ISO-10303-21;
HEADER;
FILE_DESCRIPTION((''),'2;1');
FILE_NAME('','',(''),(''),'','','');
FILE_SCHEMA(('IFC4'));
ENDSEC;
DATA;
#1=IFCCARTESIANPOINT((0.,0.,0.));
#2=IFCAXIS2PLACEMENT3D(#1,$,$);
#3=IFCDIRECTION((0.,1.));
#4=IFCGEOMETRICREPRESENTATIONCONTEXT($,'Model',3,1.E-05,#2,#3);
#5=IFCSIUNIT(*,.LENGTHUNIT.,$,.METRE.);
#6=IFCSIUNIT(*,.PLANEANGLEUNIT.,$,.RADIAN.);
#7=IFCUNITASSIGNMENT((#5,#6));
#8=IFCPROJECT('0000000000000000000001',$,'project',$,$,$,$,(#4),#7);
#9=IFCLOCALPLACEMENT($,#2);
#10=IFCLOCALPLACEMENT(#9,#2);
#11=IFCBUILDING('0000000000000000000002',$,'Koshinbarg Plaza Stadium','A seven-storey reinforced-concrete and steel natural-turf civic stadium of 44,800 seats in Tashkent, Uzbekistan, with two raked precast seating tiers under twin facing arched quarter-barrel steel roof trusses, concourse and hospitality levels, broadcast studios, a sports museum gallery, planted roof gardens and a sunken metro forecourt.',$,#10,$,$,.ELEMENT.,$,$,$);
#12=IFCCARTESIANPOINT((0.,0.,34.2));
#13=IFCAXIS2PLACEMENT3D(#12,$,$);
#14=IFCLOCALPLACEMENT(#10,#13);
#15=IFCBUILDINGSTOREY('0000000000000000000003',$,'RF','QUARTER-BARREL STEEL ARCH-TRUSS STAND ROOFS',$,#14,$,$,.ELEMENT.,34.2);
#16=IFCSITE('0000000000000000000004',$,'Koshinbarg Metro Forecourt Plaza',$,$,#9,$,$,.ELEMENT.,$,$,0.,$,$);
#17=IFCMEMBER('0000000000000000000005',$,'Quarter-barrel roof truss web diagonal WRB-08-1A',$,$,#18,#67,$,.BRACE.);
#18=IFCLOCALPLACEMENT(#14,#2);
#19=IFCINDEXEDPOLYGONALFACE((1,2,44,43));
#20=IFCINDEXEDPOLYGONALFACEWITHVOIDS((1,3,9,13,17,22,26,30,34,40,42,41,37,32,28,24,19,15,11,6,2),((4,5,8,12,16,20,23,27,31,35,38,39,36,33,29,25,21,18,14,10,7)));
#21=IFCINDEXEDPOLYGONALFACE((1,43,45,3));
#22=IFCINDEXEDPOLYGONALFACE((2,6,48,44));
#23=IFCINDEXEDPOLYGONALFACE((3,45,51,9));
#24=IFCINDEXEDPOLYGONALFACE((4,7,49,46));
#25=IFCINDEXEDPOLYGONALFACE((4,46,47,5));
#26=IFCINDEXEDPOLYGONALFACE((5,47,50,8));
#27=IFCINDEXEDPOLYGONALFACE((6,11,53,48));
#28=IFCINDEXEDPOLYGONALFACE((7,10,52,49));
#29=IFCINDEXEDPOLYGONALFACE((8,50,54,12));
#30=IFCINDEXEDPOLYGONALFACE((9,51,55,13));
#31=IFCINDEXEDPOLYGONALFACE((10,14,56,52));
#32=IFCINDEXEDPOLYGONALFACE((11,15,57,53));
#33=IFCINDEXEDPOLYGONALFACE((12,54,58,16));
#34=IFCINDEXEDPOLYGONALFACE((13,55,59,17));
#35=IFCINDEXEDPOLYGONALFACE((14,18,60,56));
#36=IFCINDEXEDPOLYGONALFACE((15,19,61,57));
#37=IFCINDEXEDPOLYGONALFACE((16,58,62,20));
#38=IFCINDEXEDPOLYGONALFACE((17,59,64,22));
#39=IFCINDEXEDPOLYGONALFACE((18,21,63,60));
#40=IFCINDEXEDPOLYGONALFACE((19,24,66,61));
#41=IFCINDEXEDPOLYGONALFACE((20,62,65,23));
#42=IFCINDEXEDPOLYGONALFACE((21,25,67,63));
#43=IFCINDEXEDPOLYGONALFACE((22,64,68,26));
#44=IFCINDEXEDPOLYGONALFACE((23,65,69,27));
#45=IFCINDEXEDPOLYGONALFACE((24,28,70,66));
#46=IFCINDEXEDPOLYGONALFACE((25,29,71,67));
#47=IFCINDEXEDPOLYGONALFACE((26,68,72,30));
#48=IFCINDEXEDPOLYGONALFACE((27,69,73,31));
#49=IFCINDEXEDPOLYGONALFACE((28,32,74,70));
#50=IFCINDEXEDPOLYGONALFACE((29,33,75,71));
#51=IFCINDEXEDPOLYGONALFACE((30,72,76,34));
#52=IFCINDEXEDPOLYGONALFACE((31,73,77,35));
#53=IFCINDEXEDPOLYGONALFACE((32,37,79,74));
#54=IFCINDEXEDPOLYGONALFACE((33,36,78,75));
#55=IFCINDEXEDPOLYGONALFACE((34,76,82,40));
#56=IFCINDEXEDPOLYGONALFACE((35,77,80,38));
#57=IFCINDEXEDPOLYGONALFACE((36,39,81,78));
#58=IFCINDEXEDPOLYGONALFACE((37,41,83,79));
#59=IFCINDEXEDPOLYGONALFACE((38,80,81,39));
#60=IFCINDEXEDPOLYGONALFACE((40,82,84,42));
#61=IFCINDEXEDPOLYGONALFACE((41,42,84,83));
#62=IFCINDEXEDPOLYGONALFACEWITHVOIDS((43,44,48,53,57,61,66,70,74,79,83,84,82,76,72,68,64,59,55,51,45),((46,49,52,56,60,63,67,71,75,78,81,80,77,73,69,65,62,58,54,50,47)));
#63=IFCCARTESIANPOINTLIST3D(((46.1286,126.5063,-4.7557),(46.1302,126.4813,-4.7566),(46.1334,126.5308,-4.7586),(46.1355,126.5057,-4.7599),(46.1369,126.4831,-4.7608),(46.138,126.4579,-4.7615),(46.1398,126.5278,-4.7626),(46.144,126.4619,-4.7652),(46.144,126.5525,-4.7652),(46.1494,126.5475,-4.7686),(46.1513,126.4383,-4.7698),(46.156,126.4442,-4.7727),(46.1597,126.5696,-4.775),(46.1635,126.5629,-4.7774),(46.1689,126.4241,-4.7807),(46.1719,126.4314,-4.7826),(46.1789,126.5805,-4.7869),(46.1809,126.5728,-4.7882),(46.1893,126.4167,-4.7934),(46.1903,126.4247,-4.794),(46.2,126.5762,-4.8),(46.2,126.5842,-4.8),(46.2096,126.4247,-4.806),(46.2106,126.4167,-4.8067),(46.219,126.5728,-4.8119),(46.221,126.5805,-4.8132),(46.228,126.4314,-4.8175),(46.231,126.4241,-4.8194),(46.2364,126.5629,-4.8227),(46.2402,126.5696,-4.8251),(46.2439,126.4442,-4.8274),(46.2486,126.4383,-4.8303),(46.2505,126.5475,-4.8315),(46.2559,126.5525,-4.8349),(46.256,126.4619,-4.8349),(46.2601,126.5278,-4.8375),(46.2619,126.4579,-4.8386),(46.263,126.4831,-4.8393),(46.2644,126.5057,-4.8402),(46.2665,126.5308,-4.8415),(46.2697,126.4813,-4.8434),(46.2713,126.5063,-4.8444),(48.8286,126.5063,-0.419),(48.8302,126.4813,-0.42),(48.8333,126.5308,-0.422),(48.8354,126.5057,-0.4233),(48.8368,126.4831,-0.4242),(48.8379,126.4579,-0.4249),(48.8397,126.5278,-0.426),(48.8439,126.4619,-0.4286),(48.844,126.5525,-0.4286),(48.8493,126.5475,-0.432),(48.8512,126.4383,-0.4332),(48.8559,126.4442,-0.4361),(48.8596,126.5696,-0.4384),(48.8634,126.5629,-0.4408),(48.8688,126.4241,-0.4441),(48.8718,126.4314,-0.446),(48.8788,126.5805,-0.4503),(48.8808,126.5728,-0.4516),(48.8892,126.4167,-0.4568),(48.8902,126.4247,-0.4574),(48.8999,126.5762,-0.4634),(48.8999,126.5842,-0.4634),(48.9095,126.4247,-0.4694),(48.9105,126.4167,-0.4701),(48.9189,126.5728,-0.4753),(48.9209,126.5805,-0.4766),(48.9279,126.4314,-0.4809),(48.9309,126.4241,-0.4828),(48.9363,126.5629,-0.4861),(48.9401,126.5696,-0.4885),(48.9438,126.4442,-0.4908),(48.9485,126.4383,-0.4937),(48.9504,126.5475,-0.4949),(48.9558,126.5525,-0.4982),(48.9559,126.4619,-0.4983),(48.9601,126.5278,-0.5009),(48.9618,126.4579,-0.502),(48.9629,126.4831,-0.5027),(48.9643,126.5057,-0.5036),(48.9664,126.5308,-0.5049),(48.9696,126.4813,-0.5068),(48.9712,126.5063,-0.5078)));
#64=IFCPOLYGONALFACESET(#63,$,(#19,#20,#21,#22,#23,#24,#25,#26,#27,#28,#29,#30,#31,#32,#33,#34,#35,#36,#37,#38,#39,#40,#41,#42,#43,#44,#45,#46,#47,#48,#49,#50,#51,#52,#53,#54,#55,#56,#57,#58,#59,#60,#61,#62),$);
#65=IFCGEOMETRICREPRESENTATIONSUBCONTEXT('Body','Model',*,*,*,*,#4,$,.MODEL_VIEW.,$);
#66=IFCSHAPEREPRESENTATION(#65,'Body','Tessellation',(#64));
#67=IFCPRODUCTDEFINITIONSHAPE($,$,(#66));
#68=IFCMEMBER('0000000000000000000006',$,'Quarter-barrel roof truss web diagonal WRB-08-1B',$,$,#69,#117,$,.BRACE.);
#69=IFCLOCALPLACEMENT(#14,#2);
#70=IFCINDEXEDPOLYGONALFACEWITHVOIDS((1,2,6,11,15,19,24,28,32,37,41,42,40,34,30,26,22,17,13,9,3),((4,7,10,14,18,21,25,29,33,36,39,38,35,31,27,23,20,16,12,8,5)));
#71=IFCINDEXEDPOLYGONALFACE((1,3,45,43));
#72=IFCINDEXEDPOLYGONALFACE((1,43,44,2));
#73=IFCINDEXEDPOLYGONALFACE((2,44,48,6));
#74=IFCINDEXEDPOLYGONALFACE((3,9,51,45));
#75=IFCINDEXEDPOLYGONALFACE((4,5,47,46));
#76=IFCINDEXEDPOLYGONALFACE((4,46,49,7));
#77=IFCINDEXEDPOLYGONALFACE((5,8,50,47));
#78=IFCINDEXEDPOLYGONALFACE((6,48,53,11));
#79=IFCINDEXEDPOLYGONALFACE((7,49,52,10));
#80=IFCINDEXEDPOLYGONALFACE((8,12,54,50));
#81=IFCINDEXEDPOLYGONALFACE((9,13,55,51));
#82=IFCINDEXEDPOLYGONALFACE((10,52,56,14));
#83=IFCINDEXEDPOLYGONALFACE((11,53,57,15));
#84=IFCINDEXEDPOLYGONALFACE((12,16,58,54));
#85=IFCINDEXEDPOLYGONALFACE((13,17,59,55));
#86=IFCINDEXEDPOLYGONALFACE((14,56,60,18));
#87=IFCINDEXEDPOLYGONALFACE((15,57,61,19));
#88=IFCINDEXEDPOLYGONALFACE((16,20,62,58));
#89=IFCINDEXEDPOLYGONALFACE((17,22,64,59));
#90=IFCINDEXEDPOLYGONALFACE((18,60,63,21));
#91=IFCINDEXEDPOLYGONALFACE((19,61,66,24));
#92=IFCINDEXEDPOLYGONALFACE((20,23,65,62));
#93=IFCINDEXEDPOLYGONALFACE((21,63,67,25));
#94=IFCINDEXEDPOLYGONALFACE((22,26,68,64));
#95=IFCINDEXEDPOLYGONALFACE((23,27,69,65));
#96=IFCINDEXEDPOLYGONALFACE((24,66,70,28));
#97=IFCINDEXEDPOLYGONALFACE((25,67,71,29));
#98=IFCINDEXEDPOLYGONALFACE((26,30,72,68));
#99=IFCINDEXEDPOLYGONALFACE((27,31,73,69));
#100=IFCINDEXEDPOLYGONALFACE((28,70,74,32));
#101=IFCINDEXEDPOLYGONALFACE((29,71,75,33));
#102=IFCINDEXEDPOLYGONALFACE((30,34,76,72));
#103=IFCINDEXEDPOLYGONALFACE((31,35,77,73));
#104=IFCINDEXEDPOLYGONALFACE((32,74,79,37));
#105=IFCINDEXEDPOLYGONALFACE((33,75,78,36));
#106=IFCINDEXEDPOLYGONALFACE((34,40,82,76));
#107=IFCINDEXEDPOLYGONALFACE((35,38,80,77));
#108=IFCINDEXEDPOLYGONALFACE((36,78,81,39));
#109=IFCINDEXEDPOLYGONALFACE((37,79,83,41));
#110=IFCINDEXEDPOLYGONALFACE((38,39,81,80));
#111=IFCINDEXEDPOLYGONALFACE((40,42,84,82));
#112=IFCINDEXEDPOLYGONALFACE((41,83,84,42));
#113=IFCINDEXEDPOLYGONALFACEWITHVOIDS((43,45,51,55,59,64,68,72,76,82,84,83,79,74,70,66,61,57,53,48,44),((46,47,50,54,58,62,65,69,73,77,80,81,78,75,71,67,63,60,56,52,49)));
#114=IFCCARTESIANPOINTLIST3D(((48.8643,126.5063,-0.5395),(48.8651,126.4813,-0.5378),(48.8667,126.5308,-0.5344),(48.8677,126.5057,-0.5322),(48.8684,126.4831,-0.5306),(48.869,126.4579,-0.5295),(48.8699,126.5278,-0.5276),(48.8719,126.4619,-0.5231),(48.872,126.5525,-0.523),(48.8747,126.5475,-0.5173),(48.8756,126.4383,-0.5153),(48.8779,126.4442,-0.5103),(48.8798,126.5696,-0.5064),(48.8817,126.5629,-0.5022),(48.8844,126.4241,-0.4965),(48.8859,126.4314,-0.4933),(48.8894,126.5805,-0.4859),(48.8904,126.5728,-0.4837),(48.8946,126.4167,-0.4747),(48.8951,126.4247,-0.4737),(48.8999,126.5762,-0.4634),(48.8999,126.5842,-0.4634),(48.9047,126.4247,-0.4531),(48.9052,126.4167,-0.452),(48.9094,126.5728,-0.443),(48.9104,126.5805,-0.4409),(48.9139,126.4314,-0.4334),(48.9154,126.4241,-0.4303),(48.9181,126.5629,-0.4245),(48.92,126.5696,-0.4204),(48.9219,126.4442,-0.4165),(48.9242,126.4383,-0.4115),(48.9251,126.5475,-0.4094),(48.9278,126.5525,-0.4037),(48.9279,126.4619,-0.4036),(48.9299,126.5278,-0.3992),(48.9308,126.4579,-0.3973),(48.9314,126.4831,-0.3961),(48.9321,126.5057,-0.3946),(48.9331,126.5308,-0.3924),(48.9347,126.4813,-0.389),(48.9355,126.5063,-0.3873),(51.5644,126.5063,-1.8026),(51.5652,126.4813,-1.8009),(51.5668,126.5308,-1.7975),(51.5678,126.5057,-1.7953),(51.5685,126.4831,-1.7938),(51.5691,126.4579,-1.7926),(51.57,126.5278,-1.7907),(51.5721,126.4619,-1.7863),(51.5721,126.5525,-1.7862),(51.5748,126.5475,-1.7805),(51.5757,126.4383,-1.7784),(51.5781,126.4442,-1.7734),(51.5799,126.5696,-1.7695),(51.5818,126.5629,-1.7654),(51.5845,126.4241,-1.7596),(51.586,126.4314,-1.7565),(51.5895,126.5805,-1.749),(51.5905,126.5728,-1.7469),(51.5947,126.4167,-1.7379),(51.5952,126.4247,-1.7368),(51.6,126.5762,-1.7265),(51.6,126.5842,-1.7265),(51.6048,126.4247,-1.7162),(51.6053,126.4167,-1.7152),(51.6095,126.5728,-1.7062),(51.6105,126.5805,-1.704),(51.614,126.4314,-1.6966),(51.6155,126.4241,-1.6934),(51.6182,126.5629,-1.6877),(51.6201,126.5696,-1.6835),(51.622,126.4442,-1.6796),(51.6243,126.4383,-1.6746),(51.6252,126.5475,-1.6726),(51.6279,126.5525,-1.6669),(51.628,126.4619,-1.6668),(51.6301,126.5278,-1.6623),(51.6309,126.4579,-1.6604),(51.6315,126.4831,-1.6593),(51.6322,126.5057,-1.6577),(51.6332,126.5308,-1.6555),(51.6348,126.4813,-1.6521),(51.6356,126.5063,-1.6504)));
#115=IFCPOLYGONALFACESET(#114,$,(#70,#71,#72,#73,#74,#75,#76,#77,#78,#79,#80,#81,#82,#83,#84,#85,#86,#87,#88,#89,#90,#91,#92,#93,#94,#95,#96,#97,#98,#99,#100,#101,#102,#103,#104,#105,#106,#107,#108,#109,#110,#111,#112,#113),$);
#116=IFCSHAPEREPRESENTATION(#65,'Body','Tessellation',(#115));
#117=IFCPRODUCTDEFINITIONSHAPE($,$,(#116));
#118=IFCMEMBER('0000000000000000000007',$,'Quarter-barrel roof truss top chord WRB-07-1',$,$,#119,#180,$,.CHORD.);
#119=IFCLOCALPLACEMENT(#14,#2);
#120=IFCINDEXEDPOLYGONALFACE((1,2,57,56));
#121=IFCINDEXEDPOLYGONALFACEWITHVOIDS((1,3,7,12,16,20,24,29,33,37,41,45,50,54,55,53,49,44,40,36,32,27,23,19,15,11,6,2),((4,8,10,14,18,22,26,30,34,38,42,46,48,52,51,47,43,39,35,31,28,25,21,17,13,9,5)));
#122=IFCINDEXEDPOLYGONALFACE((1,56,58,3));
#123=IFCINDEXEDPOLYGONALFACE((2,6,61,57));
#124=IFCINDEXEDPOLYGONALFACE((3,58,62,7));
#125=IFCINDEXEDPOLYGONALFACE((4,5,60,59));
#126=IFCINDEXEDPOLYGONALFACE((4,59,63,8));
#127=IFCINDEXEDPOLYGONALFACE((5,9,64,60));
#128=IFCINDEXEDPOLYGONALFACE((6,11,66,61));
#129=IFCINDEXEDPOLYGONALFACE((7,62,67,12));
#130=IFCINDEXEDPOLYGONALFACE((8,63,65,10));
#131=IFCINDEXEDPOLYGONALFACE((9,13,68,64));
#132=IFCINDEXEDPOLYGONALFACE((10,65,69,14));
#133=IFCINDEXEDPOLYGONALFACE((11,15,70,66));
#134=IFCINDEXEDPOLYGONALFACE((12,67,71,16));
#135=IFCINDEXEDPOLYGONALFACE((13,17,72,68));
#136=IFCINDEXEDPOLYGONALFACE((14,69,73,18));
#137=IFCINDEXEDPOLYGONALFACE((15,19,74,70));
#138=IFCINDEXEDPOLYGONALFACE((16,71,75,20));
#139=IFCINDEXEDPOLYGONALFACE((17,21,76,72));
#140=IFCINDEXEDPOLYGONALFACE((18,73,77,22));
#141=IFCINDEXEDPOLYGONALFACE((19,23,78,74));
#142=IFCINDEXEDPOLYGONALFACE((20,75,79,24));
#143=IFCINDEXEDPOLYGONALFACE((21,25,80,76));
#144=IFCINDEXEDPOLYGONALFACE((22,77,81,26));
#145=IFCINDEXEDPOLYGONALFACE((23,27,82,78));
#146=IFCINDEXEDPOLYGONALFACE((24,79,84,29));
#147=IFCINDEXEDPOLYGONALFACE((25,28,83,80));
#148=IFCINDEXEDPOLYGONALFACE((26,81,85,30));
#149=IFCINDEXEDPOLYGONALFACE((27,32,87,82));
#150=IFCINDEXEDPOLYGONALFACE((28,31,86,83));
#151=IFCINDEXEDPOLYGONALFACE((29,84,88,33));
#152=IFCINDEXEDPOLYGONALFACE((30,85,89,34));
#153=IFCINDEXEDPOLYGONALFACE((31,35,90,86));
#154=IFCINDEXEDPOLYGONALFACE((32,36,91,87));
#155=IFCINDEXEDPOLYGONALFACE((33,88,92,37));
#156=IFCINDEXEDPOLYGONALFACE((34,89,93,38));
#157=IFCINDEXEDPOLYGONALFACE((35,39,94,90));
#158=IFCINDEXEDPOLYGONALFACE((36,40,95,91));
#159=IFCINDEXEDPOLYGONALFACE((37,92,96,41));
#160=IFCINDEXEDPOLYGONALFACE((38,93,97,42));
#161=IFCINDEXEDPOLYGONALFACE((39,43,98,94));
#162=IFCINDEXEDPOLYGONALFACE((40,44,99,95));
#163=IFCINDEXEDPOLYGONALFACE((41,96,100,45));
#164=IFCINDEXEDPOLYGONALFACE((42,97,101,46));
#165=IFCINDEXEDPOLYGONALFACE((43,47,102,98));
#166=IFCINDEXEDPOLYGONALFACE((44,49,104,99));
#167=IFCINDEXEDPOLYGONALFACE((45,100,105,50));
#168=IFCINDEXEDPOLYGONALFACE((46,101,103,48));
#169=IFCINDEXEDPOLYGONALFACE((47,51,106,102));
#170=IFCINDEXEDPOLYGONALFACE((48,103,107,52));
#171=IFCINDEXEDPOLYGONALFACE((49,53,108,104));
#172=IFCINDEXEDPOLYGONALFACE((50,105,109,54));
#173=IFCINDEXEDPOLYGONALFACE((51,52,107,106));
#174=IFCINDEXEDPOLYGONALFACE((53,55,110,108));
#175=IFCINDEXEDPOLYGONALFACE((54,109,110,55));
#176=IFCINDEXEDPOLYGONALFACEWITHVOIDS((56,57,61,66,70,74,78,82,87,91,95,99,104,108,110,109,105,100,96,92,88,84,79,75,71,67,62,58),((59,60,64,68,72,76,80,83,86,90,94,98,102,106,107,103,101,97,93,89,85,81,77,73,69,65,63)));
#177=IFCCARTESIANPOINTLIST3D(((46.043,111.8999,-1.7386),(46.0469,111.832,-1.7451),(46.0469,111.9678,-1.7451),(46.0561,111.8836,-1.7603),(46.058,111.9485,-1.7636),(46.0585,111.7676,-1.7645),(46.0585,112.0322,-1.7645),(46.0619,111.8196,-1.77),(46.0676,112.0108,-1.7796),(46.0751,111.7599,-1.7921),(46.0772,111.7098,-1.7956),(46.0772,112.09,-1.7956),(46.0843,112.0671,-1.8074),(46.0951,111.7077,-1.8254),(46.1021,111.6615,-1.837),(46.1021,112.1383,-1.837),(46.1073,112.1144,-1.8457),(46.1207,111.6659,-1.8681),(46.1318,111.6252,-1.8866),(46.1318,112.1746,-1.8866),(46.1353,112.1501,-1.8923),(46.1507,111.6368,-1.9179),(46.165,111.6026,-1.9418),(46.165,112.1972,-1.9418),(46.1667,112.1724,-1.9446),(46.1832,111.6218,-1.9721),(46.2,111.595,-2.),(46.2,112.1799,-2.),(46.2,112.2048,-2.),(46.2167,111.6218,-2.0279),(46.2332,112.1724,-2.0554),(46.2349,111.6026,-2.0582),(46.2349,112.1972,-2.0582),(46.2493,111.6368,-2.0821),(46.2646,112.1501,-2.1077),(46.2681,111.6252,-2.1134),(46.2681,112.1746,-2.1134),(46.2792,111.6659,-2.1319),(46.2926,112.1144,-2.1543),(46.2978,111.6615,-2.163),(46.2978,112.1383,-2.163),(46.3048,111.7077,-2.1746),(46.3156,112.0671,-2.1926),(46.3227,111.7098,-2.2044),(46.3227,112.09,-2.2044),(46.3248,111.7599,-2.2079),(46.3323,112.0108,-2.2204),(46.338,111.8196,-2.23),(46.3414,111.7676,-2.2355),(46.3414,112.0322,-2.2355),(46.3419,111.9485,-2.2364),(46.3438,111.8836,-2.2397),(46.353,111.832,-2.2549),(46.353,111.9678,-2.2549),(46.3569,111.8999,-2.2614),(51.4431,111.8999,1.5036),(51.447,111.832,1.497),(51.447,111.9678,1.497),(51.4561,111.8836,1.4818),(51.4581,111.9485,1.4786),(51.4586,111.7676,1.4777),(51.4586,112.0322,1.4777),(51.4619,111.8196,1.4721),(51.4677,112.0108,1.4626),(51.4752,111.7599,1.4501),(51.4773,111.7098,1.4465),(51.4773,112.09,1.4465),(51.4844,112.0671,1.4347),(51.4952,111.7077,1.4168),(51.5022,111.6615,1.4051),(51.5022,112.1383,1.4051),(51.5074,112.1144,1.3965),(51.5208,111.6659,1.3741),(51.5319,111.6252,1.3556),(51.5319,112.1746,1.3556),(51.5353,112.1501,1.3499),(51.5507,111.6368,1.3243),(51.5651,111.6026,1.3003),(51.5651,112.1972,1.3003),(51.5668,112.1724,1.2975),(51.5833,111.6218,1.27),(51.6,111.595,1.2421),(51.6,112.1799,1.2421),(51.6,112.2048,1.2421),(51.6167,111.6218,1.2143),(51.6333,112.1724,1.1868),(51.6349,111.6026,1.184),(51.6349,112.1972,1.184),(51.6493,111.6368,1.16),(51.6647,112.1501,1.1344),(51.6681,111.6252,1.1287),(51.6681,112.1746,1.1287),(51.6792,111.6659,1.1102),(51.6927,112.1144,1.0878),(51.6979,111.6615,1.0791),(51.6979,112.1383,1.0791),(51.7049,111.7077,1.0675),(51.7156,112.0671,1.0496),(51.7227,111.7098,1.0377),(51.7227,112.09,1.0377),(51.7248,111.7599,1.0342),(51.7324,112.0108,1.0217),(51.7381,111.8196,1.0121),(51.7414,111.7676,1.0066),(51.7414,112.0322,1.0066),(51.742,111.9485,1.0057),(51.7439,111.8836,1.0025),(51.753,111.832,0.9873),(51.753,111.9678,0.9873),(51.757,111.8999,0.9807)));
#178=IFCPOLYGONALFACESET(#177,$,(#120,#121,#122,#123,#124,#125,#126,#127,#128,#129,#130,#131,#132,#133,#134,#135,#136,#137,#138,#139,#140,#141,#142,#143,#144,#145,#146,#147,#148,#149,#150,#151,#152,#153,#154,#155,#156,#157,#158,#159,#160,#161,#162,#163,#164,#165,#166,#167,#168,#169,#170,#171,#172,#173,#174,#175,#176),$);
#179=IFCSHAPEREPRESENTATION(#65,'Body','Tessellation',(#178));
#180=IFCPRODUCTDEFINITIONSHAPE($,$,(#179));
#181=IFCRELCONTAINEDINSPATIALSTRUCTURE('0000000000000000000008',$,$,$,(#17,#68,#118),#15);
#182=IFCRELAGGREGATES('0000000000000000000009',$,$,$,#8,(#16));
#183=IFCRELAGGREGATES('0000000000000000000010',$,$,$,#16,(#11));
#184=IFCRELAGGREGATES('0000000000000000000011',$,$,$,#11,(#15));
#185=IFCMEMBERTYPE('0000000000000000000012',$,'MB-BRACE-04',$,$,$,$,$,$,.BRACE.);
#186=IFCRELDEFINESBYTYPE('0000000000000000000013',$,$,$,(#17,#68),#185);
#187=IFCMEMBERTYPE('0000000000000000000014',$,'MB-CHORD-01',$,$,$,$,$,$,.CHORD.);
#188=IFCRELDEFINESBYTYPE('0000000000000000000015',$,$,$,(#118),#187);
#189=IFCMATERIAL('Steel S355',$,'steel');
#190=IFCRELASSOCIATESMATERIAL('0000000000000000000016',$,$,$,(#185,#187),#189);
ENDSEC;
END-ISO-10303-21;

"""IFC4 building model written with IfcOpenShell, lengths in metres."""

from ifc_helpers import new_model, si_unit, direction, frame, origin, origin_2d, place, context, subcontext, project, spatial, hollow_circle, extrude, material, material_profile, profile_set, type_object, element, save


model = new_model("IFC4")

# Units and contexts
model_context = context("Model", 3, precision=1e-05, world=origin(), true_north=direction((0.0, 1.0)))
body_context = subcontext(model_context, "Body", "Model", "MODEL_VIEW")
ifc_project = project(units=[si_unit("LENGTHUNIT", "METRE"), si_unit("PLANEANGLEUNIT", "RADIAN")], contexts=[model_context])

# Site, building, storey
site_placement = place(None, origin())
site = spatial("IfcSite", under=ifc_project, at=site_placement, Name="Koshinbarg Metro Forecourt Plaza", CompositionType="ELEMENT", RefElevation=0.0)
building_placement = place(site_placement, origin())
building = spatial("IfcBuilding", under=site, at=building_placement, Name="Koshinbarg Plaza Stadium", Description="A seven-storey reinforced-concrete and steel natural-turf civic stadium of 44,800 seats in Tashkent, Uzbekistan, with two raked precast seating tiers under twin facing arched quarter-barrel steel roof trusses, concourse and hospitality levels, broadcast studios, a sports museum gallery, planted roof gardens and a sunken metro forecourt.", CompositionType="ELEMENT")
storey_placement = place(building_placement, frame((0.0, 0.0, 34.2)))
storey = spatial("IfcBuildingStorey", under=building, at=storey_placement, Name="RF", Description="QUARTER-BARREL STEEL ARCH-TRUSS STAND ROOFS", CompositionType="ELEMENT", Elevation=34.2)

# Shared definitions
ifc_material_1 = material(Name="Steel S355", Category="steel")

# Members
ifc_material_profile_1 = material_profile(ifc_material_1, hollow_circle(Radius=0.0842, WallThickness=0.0081, at=origin_2d()), Name="CHS 168.3x8")
ifc_profile_set_1 = profile_set([ifc_material_profile_1], Name="Steel S355")
member_type_1 = type_object("IfcMemberType", Name="MB-BRACE-04", PredefinedType="BRACE", material=ifc_profile_set_1)
member_1_placement = place(storey_placement, frame((46.2, 126.5, -4.8), z_axis=(0.528525, 0.0, 0.848918), x_axis=(0.0, 1.0, 0.0)))
element("IfcMember", 1, at=member_1_placement, inside=storey, type_object=member_type_1, Name="Quarter-barrel roof truss web diagonal WRB-08-1A", PredefinedType="BRACE", context=body_context, shape_type="SweptSolid", body=[
    extrude(hollow_circle(Radius=0.0842, WallThickness=0.0081, at=origin_2d()), origin(), (0.0, 0.0, 1.0), 5.1084),
])
member_2_placement = place(storey_placement, frame((48.8999, 126.5, -0.4634), z_axis=(0.905785, 0.0, -0.423737), x_axis=(0.0, 1.0, 0.0)))
element("IfcMember", 2, at=member_2_placement, inside=storey, type_object=member_type_1, Name="Quarter-barrel roof truss web diagonal WRB-08-1B", PredefinedType="BRACE", context=body_context, shape_type="SweptSolid", body=[
    extrude(hollow_circle(Radius=0.0842, WallThickness=0.0081, at=origin_2d()), origin(), (0.0, 0.0, 1.0), 2.981),
])
ifc_material_profile_2 = material_profile(ifc_material_1, hollow_circle(Radius=0.3049, WallThickness=0.0249, at=origin_2d()), Name="CHS 610x25")
ifc_profile_set_2 = profile_set([ifc_material_profile_2], Name="Steel S355")
member_type_2 = type_object("IfcMemberType", Name="MB-CHORD-01", PredefinedType="CHORD", material=ifc_profile_set_2)
member_3_placement = place(storey_placement, frame((46.2, 111.8999, -2.0), z_axis=(0.857346, 0.0, 0.514741), x_axis=(0.0, 1.0, 0.0)))
element("IfcMember", 3, at=member_3_placement, inside=storey, type_object=member_type_2, Name="Quarter-barrel roof truss top chord WRB-07-1", PredefinedType="CHORD", context=body_context, shape_type="SweptSolid", body=[
    extrude(hollow_circle(Radius=0.3049, WallThickness=0.0249, at=origin_2d()), origin(), (0.0, 0.0, 1.0), 6.2986),
])

save(model, "model.ifc")
